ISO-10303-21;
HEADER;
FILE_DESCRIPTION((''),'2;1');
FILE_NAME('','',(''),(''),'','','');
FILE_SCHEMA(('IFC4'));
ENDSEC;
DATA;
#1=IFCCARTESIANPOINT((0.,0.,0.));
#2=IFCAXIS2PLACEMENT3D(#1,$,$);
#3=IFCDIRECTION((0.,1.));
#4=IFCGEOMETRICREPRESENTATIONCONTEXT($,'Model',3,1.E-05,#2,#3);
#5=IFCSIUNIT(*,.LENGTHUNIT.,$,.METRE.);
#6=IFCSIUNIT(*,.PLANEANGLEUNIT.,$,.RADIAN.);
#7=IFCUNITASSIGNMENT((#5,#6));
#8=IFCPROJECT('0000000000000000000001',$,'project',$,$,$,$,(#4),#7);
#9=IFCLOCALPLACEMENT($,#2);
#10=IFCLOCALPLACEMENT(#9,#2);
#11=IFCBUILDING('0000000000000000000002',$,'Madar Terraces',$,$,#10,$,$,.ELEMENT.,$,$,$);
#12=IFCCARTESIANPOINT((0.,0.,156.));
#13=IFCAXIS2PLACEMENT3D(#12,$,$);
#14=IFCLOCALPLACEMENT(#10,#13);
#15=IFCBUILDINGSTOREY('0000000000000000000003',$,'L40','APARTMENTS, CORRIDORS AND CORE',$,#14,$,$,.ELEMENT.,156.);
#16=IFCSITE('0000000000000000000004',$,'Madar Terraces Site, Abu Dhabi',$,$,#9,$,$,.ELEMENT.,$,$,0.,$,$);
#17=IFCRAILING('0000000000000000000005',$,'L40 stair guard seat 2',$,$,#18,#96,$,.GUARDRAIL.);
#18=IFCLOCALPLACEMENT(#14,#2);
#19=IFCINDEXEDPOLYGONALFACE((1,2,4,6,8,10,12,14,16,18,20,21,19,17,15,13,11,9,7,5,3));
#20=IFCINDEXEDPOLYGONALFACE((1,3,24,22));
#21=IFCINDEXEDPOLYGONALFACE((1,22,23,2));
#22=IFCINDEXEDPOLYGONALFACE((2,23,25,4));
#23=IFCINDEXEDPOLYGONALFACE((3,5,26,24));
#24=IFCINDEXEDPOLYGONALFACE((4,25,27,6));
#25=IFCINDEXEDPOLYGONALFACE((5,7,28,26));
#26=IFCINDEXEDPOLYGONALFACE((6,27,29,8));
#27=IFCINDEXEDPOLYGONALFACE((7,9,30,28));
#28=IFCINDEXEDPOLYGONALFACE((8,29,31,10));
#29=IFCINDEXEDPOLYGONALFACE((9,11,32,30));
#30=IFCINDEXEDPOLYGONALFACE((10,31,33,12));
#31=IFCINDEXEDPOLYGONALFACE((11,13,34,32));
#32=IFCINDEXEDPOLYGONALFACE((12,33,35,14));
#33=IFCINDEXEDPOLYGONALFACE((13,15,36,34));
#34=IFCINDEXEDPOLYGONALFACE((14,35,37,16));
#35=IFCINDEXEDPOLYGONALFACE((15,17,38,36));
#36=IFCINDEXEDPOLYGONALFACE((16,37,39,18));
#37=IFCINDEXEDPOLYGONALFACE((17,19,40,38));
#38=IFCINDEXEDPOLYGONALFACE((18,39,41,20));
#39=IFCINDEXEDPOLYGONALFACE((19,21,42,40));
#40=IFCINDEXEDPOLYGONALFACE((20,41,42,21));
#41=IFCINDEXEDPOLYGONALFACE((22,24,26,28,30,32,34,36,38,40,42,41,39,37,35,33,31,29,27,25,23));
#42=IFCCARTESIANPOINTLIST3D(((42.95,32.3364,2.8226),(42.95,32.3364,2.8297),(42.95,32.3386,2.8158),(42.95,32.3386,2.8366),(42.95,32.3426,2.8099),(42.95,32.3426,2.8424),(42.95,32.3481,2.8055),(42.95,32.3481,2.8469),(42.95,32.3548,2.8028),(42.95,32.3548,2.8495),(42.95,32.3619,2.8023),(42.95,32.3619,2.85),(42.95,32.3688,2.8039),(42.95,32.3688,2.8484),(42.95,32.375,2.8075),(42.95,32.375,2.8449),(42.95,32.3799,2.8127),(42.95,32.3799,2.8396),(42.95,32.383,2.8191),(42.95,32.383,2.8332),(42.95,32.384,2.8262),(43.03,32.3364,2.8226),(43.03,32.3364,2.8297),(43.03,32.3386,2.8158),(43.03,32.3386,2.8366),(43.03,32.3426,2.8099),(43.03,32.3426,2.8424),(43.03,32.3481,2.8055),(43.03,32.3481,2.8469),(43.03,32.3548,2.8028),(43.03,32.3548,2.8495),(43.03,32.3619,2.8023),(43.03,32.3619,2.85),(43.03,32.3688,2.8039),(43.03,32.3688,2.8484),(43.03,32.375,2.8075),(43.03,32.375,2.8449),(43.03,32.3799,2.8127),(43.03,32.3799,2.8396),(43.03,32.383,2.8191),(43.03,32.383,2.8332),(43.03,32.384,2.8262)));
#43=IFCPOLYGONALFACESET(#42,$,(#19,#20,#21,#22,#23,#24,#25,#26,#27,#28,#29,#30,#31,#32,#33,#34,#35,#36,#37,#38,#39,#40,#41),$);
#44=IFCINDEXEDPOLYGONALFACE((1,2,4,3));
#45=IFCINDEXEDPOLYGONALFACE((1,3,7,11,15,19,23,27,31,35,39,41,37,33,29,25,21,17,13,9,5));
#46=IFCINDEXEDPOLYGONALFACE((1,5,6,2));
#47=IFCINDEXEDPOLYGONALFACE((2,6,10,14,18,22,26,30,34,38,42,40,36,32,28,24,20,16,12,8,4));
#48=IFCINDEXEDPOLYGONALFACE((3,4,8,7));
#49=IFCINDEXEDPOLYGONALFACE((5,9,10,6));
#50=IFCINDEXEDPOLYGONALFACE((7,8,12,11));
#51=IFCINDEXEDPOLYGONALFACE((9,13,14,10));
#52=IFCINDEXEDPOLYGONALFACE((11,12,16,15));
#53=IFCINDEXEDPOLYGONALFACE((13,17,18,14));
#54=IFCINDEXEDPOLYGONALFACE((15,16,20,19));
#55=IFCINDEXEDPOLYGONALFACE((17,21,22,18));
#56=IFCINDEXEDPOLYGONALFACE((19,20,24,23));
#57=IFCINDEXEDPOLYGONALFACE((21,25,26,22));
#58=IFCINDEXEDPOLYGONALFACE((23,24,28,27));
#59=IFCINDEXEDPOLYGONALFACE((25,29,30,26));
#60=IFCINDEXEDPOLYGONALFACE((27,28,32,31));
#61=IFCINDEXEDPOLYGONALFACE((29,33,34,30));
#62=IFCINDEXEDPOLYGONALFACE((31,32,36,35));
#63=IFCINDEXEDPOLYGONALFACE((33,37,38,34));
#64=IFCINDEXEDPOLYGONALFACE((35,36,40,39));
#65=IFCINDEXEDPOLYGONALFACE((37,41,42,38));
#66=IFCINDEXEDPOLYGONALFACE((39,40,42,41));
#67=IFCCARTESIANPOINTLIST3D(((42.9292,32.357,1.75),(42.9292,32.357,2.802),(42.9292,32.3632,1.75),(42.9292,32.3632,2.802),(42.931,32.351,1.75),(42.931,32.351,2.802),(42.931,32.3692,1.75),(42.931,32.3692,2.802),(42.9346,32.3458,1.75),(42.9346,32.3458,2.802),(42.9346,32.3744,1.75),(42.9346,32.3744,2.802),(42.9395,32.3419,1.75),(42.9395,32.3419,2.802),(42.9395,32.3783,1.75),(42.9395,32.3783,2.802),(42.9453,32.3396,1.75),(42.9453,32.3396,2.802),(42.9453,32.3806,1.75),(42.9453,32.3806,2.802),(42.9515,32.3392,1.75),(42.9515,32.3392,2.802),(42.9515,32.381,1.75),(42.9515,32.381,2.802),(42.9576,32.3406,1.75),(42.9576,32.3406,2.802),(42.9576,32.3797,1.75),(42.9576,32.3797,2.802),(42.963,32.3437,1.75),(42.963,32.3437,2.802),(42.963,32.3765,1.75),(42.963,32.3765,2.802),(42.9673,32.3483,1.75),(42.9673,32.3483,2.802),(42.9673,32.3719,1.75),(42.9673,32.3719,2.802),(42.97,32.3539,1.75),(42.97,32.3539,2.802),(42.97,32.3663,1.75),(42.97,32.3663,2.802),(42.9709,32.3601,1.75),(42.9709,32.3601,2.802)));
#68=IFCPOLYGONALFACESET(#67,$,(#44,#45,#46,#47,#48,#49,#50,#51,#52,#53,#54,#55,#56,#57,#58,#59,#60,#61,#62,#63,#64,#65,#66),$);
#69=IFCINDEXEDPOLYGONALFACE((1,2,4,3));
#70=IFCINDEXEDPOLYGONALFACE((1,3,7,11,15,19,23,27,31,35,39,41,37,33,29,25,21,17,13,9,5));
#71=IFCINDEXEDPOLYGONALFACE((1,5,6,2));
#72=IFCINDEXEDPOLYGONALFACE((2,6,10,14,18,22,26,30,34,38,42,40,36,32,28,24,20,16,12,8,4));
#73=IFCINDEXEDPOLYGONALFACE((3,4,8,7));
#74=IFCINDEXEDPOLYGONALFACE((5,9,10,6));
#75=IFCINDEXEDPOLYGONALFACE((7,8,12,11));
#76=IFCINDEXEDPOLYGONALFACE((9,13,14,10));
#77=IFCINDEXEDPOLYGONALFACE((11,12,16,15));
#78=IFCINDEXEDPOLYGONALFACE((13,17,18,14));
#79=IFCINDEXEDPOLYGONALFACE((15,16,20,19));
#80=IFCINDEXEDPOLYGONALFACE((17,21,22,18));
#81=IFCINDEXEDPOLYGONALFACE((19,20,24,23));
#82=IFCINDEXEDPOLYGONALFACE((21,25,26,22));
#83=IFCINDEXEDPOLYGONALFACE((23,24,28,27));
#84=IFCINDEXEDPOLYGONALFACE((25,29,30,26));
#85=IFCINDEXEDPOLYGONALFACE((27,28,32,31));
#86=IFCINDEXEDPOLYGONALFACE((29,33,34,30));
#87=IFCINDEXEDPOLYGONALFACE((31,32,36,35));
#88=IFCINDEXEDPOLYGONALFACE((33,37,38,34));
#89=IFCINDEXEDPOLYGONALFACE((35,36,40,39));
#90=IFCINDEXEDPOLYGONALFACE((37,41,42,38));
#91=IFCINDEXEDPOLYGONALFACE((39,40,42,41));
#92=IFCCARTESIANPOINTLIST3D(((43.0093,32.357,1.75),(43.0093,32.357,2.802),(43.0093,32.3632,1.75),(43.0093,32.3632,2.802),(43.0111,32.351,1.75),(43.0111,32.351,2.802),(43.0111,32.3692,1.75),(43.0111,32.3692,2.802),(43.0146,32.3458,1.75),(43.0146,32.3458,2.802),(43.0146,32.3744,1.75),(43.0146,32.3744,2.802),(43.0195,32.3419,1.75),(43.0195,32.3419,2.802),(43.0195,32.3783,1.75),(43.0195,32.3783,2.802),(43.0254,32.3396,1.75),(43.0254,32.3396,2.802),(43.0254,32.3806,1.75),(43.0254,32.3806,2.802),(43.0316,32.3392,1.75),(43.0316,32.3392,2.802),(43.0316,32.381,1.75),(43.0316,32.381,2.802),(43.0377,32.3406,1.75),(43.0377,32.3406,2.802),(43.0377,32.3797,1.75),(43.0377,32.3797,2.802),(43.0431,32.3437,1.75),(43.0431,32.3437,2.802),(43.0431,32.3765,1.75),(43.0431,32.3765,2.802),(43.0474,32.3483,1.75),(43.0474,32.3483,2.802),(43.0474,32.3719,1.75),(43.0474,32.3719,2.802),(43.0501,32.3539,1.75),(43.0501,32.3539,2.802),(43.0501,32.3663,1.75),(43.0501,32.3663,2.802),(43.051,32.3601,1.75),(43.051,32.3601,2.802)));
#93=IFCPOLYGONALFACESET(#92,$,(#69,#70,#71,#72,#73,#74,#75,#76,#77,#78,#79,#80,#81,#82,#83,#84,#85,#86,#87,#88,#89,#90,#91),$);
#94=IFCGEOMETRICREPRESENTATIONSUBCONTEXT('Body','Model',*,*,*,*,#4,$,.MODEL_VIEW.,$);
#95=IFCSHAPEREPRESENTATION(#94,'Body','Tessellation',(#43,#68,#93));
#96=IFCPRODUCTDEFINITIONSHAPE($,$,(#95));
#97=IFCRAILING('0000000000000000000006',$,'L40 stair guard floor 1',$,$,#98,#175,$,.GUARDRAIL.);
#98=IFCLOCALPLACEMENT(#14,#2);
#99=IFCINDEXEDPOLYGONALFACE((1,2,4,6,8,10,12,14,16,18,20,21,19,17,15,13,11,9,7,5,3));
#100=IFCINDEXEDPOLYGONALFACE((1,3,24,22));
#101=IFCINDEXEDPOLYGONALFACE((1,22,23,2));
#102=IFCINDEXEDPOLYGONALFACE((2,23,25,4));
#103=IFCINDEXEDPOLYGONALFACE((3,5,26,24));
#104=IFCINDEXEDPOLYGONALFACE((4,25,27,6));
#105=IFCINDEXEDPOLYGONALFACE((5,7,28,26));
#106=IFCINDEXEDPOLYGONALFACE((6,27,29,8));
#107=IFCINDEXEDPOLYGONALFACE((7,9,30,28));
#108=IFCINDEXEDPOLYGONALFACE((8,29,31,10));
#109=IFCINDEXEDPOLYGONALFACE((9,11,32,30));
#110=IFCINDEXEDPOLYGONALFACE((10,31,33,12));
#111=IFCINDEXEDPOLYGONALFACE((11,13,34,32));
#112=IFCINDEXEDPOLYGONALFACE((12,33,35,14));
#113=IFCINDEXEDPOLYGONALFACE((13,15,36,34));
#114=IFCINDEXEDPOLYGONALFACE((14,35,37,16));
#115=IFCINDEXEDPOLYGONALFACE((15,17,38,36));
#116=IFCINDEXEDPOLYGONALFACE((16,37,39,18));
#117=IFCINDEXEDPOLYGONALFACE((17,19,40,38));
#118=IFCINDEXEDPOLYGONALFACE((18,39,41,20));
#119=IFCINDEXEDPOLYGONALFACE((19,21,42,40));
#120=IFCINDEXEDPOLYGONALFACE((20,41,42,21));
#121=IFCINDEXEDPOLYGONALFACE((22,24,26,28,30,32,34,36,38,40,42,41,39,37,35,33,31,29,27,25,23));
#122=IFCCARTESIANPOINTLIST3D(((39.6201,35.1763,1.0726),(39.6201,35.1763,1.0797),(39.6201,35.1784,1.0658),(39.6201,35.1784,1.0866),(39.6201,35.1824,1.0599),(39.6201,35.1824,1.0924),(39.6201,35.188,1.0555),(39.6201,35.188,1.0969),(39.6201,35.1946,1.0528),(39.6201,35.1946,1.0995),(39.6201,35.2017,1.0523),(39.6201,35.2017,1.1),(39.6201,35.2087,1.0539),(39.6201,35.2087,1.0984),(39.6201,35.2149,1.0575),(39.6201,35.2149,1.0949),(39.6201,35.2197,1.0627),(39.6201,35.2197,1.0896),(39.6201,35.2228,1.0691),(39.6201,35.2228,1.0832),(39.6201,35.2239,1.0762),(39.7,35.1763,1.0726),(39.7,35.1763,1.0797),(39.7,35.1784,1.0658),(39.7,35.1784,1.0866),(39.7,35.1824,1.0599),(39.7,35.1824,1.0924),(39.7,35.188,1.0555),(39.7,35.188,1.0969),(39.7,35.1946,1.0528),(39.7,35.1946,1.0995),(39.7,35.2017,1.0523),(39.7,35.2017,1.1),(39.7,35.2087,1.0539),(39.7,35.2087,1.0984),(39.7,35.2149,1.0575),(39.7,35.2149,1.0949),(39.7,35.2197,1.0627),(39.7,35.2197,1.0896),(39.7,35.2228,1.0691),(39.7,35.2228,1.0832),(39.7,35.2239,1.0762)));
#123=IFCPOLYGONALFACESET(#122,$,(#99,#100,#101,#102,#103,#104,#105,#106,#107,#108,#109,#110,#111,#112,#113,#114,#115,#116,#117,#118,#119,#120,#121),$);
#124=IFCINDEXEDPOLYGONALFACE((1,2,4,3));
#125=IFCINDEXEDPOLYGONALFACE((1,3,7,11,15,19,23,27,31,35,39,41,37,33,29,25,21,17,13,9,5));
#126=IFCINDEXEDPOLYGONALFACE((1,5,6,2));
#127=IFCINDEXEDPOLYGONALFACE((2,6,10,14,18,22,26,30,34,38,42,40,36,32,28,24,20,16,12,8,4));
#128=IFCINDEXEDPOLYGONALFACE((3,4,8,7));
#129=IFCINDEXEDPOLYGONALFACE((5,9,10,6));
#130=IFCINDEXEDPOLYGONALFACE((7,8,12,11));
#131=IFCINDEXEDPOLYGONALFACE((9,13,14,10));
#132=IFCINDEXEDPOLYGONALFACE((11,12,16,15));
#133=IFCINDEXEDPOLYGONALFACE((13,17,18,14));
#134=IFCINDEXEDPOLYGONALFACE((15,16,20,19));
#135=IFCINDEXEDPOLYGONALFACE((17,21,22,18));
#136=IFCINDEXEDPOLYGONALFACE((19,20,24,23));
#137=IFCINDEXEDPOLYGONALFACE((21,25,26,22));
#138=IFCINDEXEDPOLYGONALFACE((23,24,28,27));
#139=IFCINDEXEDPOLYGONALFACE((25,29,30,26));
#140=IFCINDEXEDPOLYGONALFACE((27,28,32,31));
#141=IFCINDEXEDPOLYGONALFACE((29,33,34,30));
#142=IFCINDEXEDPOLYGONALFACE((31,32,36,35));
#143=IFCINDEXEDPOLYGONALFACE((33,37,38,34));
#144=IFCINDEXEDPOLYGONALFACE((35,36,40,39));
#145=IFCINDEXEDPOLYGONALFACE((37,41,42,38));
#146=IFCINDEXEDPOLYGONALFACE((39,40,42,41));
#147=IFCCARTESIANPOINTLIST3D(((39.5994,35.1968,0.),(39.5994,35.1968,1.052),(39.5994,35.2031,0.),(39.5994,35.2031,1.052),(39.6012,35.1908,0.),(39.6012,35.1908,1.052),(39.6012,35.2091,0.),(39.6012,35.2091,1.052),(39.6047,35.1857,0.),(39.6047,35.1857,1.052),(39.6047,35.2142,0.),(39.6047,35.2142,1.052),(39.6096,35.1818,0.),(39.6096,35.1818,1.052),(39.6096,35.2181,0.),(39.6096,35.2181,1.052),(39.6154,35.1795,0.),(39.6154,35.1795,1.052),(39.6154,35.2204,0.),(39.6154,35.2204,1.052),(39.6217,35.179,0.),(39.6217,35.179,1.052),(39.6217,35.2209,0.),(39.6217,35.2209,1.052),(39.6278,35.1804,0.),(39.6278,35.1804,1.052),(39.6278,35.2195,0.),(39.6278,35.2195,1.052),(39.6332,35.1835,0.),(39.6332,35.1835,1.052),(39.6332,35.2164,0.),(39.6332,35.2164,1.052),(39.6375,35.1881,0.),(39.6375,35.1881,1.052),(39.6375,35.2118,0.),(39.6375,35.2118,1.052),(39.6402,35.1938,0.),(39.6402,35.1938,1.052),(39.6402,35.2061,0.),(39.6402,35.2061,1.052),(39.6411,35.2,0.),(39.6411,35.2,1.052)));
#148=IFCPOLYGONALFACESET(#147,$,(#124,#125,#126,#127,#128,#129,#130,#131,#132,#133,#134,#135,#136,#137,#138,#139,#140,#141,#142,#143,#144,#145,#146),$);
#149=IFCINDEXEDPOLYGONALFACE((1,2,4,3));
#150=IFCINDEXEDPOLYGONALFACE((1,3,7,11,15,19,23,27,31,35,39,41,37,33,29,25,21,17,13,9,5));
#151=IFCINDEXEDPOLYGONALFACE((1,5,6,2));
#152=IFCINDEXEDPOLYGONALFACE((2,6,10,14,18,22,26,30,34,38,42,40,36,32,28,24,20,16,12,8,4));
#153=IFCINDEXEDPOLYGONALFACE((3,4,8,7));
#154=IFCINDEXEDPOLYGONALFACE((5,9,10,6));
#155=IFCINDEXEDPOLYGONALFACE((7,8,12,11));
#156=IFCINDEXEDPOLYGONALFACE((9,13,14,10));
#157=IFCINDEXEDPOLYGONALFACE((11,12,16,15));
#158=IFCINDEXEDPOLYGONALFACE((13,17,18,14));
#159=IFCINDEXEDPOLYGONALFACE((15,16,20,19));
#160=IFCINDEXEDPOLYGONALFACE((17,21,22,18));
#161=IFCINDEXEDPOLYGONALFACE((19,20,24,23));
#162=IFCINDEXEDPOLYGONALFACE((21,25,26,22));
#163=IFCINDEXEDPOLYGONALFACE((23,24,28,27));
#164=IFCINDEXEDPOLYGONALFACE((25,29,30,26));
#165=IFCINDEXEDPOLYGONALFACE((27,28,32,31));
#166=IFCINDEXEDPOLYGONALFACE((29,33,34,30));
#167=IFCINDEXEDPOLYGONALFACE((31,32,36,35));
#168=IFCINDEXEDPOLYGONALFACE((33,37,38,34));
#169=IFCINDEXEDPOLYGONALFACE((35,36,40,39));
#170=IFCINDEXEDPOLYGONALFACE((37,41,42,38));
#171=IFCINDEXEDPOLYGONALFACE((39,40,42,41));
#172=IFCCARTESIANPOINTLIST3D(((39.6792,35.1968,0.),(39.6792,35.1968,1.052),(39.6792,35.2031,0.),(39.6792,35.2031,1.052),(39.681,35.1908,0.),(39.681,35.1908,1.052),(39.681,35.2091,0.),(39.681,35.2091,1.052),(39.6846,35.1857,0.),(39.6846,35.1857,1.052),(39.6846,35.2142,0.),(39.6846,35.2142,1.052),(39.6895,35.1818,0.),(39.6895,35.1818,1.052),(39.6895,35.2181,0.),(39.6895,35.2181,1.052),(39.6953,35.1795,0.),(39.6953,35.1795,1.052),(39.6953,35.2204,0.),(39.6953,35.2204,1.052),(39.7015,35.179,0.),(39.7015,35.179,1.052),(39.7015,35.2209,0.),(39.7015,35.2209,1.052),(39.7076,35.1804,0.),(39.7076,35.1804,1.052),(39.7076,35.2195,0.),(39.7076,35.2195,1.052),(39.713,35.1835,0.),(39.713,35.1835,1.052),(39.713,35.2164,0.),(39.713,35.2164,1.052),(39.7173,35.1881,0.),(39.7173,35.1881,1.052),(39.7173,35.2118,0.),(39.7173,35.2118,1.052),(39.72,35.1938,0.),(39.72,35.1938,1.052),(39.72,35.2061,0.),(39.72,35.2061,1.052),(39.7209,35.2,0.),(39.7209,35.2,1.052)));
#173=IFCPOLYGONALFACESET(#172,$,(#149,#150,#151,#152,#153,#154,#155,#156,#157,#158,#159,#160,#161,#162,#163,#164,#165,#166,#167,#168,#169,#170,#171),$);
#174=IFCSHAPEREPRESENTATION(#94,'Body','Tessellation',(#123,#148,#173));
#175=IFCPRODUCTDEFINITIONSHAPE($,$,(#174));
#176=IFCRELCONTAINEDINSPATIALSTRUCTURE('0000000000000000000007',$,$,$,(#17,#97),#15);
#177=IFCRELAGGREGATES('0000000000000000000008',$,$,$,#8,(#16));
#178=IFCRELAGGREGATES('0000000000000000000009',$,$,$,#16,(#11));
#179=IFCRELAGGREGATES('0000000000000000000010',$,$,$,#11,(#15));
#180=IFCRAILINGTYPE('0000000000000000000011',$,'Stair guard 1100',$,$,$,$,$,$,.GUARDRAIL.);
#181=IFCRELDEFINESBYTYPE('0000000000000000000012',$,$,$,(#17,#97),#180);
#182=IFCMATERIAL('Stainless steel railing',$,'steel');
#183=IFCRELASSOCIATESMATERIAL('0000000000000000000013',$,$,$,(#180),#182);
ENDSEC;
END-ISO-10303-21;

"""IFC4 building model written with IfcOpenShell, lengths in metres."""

from ifc_helpers import new_model, si_unit, direction, frame, origin, origin_2d, place, context, subcontext, project, spatial, circle, extrude, material, type_object, element, save


model = new_model("IFC4")

# Units and contexts
model_context = context("Model", 3, precision=1e-05, world=origin(), true_north=direction((0.0, 1.0)))
body_context = subcontext(model_context, "Body", "Model", "MODEL_VIEW")
ifc_project = project(units=[si_unit("LENGTHUNIT", "METRE"), si_unit("PLANEANGLEUNIT", "RADIAN")], contexts=[model_context])

# Site, building, storey
site_placement = place(None, origin())
site = spatial("IfcSite", under=ifc_project, at=site_placement, Name="Madar Terraces Site, Abu Dhabi", CompositionType="ELEMENT", RefElevation=0.0)
building_placement = place(site_placement, origin())
building = spatial("IfcBuilding", under=site, at=building_placement, Name="Madar Terraces", CompositionType="ELEMENT")
storey_placement = place(building_placement, frame((0.0, 0.0, 156.0)))
storey = spatial("IfcBuildingStorey", under=building, at=storey_placement, Name="L40", Description="APARTMENTS, CORRIDORS AND CORE", CompositionType="ELEMENT", Elevation=156.0)

# Railings
ifc_material_1 = material(Name="Stainless steel railing", Category="steel")
railing_type_1 = type_object("IfcRailingType", Name="Stair guard 1100", PredefinedType="GUARDRAIL", material=ifc_material_1)
railing_1_placement = place(storey_placement, frame((42.95, 32.3601, 1.75)))
element("IfcRailing", 1, at=railing_1_placement, inside=storey, type_object=railing_type_1, Name="L40 stair guard seat 2", PredefinedType="GUARDRAIL", context=body_context, shape_type="SweptSolid", body=[
    extrude(circle(Radius=0.0239, at=origin_2d()), frame((0.0, 0.0, 1.0762), z_axis=(1.0, 0.0, 0.0), x_axis=(0.0, 1.0, 0.0)), (0.0, 0.0, 1.0), 0.0801),
    extrude(circle(Radius=0.021, at=origin_2d()), origin(), (0.0, 0.0, 1.0), 1.052),
    extrude(circle(Radius=0.021, at=origin_2d()), frame((0.0801, 0.0, 0.0)), (0.0, 0.0, 1.0), 1.052),
])
railing_2_placement = place(storey_placement, frame((39.6201, 35.2, 0.0)))
element("IfcRailing", 2, at=railing_2_placement, inside=storey, type_object=railing_type_1, Name="L40 stair guard floor 1", PredefinedType="GUARDRAIL", context=body_context, shape_type="SweptSolid", body=[
    extrude(circle(Radius=0.0239, at=origin_2d()), frame((0.0, 0.0, 1.0762), z_axis=(1.0, 0.0, 0.0), x_axis=(0.0, 1.0, 0.0)), (0.0, 0.0, 1.0), 0.0798),
    extrude(circle(Radius=0.021, at=origin_2d()), origin(), (0.0, 0.0, 1.0), 1.052),
    extrude(circle(Radius=0.021, at=origin_2d()), frame((0.0798, 0.0, 0.0)), (0.0, 0.0, 1.0), 1.052),
])

save(model, "model.ifc")
